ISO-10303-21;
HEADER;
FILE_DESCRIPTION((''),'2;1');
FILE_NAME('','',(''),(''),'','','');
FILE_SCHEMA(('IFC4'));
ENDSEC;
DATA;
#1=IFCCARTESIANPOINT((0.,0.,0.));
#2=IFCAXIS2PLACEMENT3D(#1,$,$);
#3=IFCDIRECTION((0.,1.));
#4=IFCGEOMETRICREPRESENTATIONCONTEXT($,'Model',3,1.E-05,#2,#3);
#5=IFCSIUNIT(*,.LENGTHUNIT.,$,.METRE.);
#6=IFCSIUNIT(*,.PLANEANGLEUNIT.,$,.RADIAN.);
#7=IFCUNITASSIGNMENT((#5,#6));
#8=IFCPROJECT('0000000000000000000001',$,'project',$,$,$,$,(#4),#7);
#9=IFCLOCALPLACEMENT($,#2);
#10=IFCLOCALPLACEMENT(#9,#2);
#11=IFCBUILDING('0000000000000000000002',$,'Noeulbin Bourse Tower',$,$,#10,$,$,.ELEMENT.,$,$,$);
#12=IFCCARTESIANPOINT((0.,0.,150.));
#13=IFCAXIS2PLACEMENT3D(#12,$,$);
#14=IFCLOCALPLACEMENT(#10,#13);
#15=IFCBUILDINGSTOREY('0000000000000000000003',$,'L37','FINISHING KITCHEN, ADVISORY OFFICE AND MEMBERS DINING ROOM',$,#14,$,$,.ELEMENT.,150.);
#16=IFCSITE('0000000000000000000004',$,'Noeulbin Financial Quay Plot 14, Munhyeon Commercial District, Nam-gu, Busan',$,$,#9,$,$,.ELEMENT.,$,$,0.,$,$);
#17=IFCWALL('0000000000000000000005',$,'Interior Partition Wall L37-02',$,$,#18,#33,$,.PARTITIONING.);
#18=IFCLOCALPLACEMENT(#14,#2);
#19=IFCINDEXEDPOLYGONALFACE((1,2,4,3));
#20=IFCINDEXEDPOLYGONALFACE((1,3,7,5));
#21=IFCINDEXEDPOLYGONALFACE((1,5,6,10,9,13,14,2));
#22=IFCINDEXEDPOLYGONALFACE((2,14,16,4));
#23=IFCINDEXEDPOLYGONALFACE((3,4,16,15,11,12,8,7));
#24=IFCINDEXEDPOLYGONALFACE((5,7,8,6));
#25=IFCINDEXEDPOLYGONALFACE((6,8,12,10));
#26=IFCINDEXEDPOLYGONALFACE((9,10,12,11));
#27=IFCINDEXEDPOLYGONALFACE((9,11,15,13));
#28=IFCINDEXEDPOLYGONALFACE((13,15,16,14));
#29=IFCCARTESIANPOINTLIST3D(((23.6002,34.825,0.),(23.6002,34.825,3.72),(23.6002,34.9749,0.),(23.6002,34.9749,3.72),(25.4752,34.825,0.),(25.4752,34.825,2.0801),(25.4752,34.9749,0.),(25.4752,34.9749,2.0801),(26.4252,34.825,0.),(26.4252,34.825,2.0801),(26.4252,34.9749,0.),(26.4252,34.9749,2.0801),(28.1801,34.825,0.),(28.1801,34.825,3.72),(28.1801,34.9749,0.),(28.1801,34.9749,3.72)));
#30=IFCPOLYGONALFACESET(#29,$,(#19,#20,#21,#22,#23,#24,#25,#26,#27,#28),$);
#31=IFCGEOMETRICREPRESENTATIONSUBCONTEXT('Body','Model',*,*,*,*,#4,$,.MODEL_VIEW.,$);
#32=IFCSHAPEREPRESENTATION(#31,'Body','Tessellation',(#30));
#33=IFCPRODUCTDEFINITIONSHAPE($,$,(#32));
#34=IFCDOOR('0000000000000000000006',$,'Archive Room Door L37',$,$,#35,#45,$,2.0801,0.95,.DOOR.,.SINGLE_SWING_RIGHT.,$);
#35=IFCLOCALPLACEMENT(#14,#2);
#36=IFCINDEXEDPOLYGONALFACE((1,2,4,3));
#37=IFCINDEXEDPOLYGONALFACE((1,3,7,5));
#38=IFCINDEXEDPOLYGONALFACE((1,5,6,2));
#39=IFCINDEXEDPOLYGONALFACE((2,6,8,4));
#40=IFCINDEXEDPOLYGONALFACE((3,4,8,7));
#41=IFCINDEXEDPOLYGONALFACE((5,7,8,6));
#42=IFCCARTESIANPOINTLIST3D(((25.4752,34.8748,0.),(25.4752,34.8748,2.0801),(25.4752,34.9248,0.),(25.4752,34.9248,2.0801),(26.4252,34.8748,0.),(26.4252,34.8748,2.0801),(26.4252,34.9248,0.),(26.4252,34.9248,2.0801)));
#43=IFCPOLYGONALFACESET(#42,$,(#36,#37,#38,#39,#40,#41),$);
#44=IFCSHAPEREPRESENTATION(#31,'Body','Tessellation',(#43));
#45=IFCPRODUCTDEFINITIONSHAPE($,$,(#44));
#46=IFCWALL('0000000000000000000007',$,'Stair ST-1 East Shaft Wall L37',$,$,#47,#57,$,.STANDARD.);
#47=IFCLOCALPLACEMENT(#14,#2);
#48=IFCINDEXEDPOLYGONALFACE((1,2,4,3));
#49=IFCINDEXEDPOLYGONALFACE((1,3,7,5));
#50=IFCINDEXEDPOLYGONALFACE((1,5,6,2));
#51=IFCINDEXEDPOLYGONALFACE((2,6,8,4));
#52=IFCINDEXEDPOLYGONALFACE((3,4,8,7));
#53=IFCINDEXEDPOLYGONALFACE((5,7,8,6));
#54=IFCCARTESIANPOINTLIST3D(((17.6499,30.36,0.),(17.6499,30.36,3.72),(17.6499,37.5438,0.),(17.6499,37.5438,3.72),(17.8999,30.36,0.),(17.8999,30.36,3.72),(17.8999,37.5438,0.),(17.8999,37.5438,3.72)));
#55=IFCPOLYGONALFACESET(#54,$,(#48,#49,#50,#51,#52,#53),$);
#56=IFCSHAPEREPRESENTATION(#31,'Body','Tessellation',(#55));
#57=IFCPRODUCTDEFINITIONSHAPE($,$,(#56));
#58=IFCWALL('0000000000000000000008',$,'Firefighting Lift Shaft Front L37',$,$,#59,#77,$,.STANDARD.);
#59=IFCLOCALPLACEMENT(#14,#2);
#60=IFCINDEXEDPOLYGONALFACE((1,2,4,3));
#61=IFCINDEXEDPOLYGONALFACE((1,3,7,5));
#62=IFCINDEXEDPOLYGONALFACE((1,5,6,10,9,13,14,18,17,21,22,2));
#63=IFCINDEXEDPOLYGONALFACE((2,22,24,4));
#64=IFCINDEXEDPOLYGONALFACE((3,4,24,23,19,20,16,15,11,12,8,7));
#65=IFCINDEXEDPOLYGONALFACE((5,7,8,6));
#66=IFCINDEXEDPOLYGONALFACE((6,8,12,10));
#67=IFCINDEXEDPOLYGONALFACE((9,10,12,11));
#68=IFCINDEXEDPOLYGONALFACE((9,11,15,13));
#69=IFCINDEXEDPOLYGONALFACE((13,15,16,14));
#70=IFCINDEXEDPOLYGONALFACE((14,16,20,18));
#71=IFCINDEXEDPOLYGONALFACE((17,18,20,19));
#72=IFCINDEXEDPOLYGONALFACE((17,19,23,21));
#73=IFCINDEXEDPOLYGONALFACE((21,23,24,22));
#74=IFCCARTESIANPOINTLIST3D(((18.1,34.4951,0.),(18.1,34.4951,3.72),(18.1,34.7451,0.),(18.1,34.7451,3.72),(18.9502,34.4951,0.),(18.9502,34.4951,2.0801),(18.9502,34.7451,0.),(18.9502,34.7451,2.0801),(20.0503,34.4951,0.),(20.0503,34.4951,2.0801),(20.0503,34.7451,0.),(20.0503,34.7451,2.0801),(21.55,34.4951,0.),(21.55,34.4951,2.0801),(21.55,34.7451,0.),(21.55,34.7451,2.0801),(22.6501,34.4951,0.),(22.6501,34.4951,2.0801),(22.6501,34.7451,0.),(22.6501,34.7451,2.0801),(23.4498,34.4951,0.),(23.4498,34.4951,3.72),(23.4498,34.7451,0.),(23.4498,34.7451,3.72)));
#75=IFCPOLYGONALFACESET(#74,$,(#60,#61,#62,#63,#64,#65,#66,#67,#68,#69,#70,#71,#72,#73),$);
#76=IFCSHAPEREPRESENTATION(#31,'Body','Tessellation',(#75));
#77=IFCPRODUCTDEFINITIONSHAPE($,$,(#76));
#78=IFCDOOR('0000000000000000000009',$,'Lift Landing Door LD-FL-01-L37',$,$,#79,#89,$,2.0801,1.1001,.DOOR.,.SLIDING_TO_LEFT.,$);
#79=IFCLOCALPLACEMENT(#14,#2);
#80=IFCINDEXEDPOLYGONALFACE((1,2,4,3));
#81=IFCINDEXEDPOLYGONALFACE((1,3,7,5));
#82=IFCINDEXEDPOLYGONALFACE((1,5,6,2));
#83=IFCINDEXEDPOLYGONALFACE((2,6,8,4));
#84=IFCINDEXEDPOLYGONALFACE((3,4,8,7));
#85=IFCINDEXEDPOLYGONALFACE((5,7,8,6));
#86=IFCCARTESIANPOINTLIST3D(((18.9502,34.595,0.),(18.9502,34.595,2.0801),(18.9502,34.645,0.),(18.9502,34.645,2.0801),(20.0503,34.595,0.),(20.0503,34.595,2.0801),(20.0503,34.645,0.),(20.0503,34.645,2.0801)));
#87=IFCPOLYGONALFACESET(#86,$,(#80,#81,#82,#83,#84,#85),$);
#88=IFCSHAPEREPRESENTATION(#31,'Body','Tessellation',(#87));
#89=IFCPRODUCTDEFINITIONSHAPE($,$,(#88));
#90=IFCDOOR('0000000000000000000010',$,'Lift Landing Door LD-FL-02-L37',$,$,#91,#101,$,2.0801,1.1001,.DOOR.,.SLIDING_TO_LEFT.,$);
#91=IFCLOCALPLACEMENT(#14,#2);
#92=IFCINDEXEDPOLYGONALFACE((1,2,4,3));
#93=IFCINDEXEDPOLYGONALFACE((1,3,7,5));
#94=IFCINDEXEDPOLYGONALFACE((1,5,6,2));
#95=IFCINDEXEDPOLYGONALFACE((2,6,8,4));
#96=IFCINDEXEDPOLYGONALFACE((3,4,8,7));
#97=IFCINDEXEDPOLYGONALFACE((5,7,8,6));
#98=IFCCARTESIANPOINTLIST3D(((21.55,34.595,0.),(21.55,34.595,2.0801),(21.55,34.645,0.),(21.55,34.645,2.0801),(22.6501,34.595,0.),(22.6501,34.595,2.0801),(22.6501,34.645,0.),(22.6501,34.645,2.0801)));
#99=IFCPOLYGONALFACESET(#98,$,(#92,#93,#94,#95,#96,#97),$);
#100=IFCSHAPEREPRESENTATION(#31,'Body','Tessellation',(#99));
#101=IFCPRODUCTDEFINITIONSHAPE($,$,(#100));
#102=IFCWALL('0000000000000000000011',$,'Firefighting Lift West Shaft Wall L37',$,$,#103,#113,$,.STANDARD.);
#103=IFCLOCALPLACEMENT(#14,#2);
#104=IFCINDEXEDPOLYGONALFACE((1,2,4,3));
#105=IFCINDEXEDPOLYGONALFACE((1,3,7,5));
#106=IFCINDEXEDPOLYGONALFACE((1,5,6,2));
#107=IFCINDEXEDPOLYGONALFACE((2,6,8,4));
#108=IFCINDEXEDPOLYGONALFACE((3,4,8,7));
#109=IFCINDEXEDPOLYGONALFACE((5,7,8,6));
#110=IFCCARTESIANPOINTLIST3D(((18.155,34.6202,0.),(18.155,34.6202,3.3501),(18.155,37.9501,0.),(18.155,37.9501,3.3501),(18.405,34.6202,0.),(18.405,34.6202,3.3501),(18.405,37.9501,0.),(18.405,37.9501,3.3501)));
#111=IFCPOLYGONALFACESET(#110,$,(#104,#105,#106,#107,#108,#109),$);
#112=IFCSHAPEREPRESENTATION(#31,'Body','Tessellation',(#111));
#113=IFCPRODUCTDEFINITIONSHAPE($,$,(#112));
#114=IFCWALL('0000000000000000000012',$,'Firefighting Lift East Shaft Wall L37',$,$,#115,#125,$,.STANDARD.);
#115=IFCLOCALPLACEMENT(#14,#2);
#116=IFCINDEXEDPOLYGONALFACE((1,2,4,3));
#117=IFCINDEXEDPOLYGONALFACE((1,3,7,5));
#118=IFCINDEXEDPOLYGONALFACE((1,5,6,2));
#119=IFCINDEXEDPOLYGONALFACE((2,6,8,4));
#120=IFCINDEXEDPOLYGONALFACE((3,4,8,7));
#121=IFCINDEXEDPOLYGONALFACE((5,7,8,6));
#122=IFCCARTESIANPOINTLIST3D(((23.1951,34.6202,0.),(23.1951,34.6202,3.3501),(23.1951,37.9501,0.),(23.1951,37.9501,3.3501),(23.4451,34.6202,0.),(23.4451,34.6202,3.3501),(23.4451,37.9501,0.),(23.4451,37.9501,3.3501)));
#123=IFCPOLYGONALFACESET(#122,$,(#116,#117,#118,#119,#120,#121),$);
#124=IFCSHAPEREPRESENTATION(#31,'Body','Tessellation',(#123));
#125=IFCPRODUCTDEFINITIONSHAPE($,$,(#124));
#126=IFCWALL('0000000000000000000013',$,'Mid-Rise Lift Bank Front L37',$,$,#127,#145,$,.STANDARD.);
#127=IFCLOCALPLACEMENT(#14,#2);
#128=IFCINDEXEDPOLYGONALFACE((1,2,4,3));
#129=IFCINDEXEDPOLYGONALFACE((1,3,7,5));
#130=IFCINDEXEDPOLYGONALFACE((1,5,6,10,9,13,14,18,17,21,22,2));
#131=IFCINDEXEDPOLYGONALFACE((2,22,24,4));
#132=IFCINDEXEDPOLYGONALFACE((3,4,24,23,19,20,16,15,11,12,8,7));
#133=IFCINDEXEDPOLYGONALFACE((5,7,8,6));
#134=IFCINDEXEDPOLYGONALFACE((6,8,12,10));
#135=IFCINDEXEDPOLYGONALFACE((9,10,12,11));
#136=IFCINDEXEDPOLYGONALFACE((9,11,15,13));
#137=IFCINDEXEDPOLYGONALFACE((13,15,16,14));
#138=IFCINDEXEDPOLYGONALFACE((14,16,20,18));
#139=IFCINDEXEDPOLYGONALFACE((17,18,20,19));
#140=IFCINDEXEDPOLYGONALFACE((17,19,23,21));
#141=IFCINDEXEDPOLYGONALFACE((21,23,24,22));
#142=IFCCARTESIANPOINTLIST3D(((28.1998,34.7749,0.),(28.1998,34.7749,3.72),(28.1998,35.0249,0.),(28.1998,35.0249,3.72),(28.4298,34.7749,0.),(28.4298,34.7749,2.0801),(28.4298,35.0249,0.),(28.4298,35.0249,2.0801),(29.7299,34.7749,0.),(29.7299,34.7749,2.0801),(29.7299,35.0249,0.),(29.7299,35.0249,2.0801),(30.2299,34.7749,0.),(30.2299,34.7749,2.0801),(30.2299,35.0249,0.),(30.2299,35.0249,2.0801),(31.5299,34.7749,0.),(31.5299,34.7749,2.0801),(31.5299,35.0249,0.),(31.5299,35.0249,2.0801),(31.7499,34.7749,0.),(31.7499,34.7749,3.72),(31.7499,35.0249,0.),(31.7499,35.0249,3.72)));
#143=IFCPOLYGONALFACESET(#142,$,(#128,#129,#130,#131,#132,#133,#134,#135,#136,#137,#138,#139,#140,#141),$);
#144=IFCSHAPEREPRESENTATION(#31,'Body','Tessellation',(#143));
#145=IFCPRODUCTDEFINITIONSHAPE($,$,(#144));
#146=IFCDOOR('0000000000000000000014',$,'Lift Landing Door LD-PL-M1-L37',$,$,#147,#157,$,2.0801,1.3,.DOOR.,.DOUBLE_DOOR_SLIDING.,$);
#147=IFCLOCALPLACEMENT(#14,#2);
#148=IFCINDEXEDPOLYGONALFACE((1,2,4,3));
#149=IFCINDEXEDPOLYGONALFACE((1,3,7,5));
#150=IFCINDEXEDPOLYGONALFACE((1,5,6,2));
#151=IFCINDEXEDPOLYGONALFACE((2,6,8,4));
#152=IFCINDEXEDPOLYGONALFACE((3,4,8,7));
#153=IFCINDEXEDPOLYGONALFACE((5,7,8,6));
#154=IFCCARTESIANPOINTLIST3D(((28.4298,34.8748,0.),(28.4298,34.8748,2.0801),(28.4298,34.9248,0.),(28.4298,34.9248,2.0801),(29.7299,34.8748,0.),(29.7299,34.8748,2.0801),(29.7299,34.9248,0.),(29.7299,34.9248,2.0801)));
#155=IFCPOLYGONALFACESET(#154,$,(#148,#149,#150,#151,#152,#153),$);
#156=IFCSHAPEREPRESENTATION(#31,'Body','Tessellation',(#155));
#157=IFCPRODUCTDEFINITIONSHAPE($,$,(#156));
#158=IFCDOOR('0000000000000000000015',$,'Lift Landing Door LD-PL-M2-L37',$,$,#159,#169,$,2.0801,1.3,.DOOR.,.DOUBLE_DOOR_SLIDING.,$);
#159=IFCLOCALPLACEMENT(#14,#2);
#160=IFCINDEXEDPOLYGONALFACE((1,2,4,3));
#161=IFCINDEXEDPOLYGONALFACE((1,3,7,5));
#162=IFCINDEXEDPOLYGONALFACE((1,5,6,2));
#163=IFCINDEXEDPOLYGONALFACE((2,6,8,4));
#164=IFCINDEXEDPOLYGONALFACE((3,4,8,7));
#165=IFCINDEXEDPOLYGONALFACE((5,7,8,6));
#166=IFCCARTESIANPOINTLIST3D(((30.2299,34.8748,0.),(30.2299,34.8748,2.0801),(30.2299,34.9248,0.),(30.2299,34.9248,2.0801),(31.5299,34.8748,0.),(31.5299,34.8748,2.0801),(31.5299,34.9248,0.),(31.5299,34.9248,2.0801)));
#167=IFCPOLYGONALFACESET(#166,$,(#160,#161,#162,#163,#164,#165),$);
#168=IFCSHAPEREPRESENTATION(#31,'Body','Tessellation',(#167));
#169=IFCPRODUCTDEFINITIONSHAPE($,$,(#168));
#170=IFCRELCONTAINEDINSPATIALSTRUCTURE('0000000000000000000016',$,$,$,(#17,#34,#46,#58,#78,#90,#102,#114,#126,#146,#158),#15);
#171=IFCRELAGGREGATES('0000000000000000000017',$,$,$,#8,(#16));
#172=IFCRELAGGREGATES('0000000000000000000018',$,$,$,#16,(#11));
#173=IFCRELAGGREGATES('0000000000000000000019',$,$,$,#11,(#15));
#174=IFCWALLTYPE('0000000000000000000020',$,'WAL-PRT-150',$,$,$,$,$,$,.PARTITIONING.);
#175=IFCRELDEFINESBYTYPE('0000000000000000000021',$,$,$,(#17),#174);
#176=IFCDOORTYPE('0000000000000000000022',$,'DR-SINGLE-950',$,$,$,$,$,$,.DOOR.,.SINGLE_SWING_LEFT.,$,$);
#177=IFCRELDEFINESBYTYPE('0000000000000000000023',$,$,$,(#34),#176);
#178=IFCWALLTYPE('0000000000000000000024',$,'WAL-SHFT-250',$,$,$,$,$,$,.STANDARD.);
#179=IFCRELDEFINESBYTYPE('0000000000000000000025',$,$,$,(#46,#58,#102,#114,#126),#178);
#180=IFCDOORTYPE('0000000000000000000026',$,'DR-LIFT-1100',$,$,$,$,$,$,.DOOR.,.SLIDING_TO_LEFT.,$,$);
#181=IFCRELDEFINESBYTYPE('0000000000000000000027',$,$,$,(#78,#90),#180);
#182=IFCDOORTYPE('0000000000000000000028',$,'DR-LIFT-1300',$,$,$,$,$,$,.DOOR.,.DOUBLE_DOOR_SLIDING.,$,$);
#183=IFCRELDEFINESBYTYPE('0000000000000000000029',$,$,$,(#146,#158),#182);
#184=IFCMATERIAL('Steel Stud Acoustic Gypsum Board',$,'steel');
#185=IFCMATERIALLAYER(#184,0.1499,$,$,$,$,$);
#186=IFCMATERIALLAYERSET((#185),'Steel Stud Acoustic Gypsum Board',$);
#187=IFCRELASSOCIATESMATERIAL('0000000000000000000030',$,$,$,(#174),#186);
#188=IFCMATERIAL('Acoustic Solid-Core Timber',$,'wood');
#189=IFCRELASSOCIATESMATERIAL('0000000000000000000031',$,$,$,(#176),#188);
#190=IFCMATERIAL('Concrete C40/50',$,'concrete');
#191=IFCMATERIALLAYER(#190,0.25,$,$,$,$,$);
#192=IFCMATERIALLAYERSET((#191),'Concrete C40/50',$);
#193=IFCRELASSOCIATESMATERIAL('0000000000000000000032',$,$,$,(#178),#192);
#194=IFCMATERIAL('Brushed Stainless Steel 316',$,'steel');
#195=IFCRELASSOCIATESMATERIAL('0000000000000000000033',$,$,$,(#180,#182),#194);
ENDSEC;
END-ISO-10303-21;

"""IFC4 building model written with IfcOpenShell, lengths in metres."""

from ifc_helpers import new_model, si_unit, direction, frame, frame_2d, origin, place, context, subcontext, project, spatial, rectangle, extrude, material, layer, layer_set, type_object, element, fill, save


model = new_model("IFC4")

# Units and contexts
model_context = context("Model", 3, precision=1e-05, world=origin(), true_north=direction((0.0, 1.0)))
body_context = subcontext(model_context, "Body", "Model", "MODEL_VIEW")
ifc_project = project(units=[si_unit("LENGTHUNIT", "METRE"), si_unit("PLANEANGLEUNIT", "RADIAN")], contexts=[model_context])

# Site, building, storey
site_placement = place(None, origin())
site = spatial("IfcSite", under=ifc_project, at=site_placement, Name="Noeulbin Financial Quay Plot 14, Munhyeon Commercial District, Nam-gu, Busan", CompositionType="ELEMENT", RefElevation=0.0)
building_placement = place(site_placement, origin())
building = spatial("IfcBuilding", under=site, at=building_placement, Name="Noeulbin Bourse Tower", CompositionType="ELEMENT")
storey_placement = place(building_placement, frame((0.0, 0.0, 150.0)))
storey = spatial("IfcBuildingStorey", under=building, at=storey_placement, Name="L37", Description="FINISHING KITCHEN, ADVISORY OFFICE AND MEMBERS DINING ROOM", CompositionType="ELEMENT", Elevation=150.0)

# Shared definitions
ifc_material_1 = material(Name="Concrete C40/50", Category="concrete")

# Wall, opening, door
ifc_material_2 = material(Name="Steel Stud Acoustic Gypsum Board", Category="steel")
ifc_layer_1 = layer(ifc_material_2, 0.1499)
ifc_layer_set_1 = layer_set([ifc_layer_1], Name="Steel Stud Acoustic Gypsum Board")
wall_type_1 = type_object("IfcWallType", Name="WAL-PRT-150", PredefinedType="PARTITIONING", material=ifc_layer_set_1)
wall_1_placement = place(storey_placement, frame((23.6001, 34.8999, 0.0), z_axis=(0.0, 0.0, 1.0), x_axis=(1.0, 0.0, 0.0)))
wall_1 = element("IfcWall", 1, at=wall_1_placement, inside=storey, type_object=wall_type_1, Name="Interior Partition Wall L37-02", PredefinedType="PARTITIONING", context=body_context, shape_type="SweptSolid", body=[
    extrude(rectangle(XDim=4.5798, YDim=0.1499, at=frame_2d((2.29, 0.0))), origin(), (0.0, 0.0, 1.0), 3.72),
])
opening_1_placement = place(wall_1_placement, frame((1.875, 0.0, 0.0)))
opening_1 = element("IfcOpeningElement", 2, at=opening_1_placement, cuts=wall_1, PredefinedType="OPENING", context=body_context, shape_type="SweptSolid", body=[
    extrude(rectangle(XDim=0.95, YDim=2.0801, at=frame_2d((0.4751, 1.04))), frame((0.0, 0.085, 0.0), z_axis=(0.0, -1.0, 0.0), x_axis=(1.0, 0.0, 0.0)), (0.0, 0.0, 1.0), 0.1699),
])
ifc_material_3 = material(Name="Acoustic Solid-Core Timber", Category="wood")
door_type_1 = type_object("IfcDoorType", Name="DR-SINGLE-950", OperationType="SINGLE_SWING_LEFT", PredefinedType="DOOR", material=ifc_material_3)
door_1_placement = place(opening_1_placement, origin())
door_1 = element("IfcDoor", 3, at=door_1_placement, inside=storey, type_object=door_type_1, Name="Archive Room Door L37", OperationType="SINGLE_SWING_RIGHT", OverallHeight=2.0801, OverallWidth=0.95, PredefinedType="DOOR", context=body_context, shape_type="SweptSolid", body=[
    extrude(rectangle(XDim=0.95, YDim=2.0801, at=frame_2d((0.4751, 1.04))), frame((0.0, 0.0249, 0.0), z_axis=(0.0, -1.0, 0.0), x_axis=(1.0, 0.0, 0.0)), (0.0, 0.0, 1.0), 0.05),
])
fill(opening_1, door_1)

# Wall
ifc_layer_2 = layer(ifc_material_1, 0.25)
ifc_layer_set_2 = layer_set([ifc_layer_2], Name="Concrete C40/50")
wall_type_2 = type_object("IfcWallType", Name="WAL-SHFT-250", PredefinedType="STANDARD", material=ifc_layer_set_2)
wall_2_placement = place(storey_placement, frame((17.7749, 30.3601, 0.0), z_axis=(0.0, 0.0, 1.0), x_axis=(0.0, 1.0, 0.0)))
element("IfcWall", 4, at=wall_2_placement, inside=storey, type_object=wall_type_2, Name="Stair ST-1 East Shaft Wall L37", PredefinedType="STANDARD", context=body_context, shape_type="SweptSolid", body=[
    extrude(rectangle(XDim=7.1838, YDim=0.25, at=frame_2d((3.5918, 0.0))), origin(), (0.0, 0.0, 1.0), 3.72),
])

# Wall, openings, doors
wall_3_placement = place(storey_placement, frame((18.1001, 34.6201, 0.0), z_axis=(0.0, 0.0, 1.0), x_axis=(1.0, 0.0, 0.0)))
wall_3 = element("IfcWall", 5, at=wall_3_placement, inside=storey, type_object=wall_type_2, Name="Firefighting Lift Shaft Front L37", PredefinedType="STANDARD", context=body_context, shape_type="SweptSolid", body=[
    extrude(rectangle(XDim=5.3499, YDim=0.25, at=frame_2d((2.6748, 0.0))), origin(), (0.0, 0.0, 1.0), 3.72),
])
opening_2_placement = place(wall_3_placement, frame((0.8501, 0.0, 0.0)))
opening_2 = element("IfcOpeningElement", 6, at=opening_2_placement, cuts=wall_3, PredefinedType="OPENING", context=body_context, shape_type="SweptSolid", body=[
    extrude(rectangle(XDim=1.1001, YDim=2.0801, at=frame_2d((0.55, 1.04))), frame((0.0, 0.135, 0.0), z_axis=(0.0, -1.0, 0.0), x_axis=(1.0, 0.0, 0.0)), (0.0, 0.0, 1.0), 0.27),
])
opening_3_placement = place(wall_3_placement, frame((3.45, 0.0, 0.0)))
opening_3 = element("IfcOpeningElement", 7, at=opening_3_placement, cuts=wall_3, PredefinedType="OPENING", context=body_context, shape_type="SweptSolid", body=[
    extrude(rectangle(XDim=1.1001, YDim=2.0801, at=frame_2d((0.55, 1.04))), frame((0.0, 0.135, 0.0), z_axis=(0.0, -1.0, 0.0), x_axis=(1.0, 0.0, 0.0)), (0.0, 0.0, 1.0), 0.27),
])
ifc_material_4 = material(Name="Brushed Stainless Steel 316", Category="steel")
door_type_2 = type_object("IfcDoorType", Name="DR-LIFT-1100", OperationType="SLIDING_TO_LEFT", PredefinedType="DOOR", material=ifc_material_4)
door_2_placement = place(opening_2_placement, origin())
door_2 = element("IfcDoor", 8, at=door_2_placement, inside=storey, type_object=door_type_2, Name="Lift Landing Door LD-FL-01-L37", OperationType="SLIDING_TO_LEFT", OverallHeight=2.0801, OverallWidth=1.1001, PredefinedType="DOOR", context=body_context, shape_type="SweptSolid", body=[
    extrude(rectangle(XDim=1.1001, YDim=2.0801, at=frame_2d((0.55, 1.04))), frame((0.0, 0.0249, 0.0), z_axis=(0.0, -1.0, 0.0), x_axis=(1.0, 0.0, 0.0)), (0.0, 0.0, 1.0), 0.05),
])
fill(opening_2, door_2)
door_3_placement = place(opening_3_placement, origin())
door_3 = element("IfcDoor", 9, at=door_3_placement, inside=storey, type_object=door_type_2, Name="Lift Landing Door LD-FL-02-L37", OperationType="SLIDING_TO_LEFT", OverallHeight=2.0801, OverallWidth=1.1001, PredefinedType="DOOR", context=body_context, shape_type="SweptSolid", body=[
    extrude(rectangle(XDim=1.1001, YDim=2.0801, at=frame_2d((0.55, 1.04))), frame((0.0, 0.0249, 0.0), z_axis=(0.0, -1.0, 0.0), x_axis=(1.0, 0.0, 0.0)), (0.0, 0.0, 1.0), 0.05),
])
fill(opening_3, door_3)

# Walls
for number, where, z_axis, x_axis, name in (
    (10, (18.28, 34.6201, 0.0), (0.0, 0.0, 1.0), (0.0, 1.0, 0.0), "Firefighting Lift West Shaft Wall L37"),
    (11, (23.3201, 34.6201, 0.0), (0.0, 0.0, 1.0), (0.0, 1.0, 0.0), "Firefighting Lift East Shaft Wall L37"),
):
    element("IfcWall", number, at=place(storey_placement, frame(where, z_axis=z_axis, x_axis=x_axis)), inside=storey, type_object=wall_type_2, Name=name, PredefinedType="STANDARD", context=body_context, shape_type="SweptSolid", body=[
        extrude(rectangle(XDim=3.3298, YDim=0.25, at=frame_2d((1.665, 0.0))), origin(), (0.0, 0.0, 1.0), 3.3501),
    ])

# Wall, openings, doors
wall_4_placement = place(storey_placement, frame((28.2, 34.8999, 0.0), z_axis=(0.0, 0.0, 1.0), x_axis=(1.0, 0.0, 0.0)))
wall_4 = element("IfcWall", 12, at=wall_4_placement, inside=storey, type_object=wall_type_2, Name="Mid-Rise Lift Bank Front L37", PredefinedType="STANDARD", context=body_context, shape_type="SweptSolid", body=[
    extrude(rectangle(XDim=3.55, YDim=0.25, at=frame_2d((1.7749, 0.0))), origin(), (0.0, 0.0, 1.0), 3.72),
])
opening_4_placement = place(wall_4_placement, frame((0.23, 0.0, 0.0)))
opening_4 = element("IfcOpeningElement", 13, at=opening_4_placement, cuts=wall_4, PredefinedType="OPENING", context=body_context, shape_type="SweptSolid", body=[
    extrude(rectangle(XDim=1.3, YDim=2.0801, at=frame_2d((0.6499, 1.04))), frame((0.0, 0.135, 0.0), z_axis=(0.0, -1.0, 0.0), x_axis=(1.0, 0.0, 0.0)), (0.0, 0.0, 1.0), 0.27),
])
opening_5_placement = place(wall_4_placement, frame((2.03, 0.0, 0.0)))
opening_5 = element("IfcOpeningElement", 14, at=opening_5_placement, cuts=wall_4, PredefinedType="OPENING", context=body_context, shape_type="SweptSolid", body=[
    extrude(rectangle(XDim=1.3, YDim=2.0801, at=frame_2d((0.6499, 1.04))), frame((0.0, 0.135, 0.0), z_axis=(0.0, -1.0, 0.0), x_axis=(1.0, 0.0, 0.0)), (0.0, 0.0, 1.0), 0.27),
])
door_type_3 = type_object("IfcDoorType", Name="DR-LIFT-1300", OperationType="DOUBLE_DOOR_SLIDING", PredefinedType="DOOR", material=ifc_material_4)
door_4_placement = place(opening_4_placement, origin())
door_4 = element("IfcDoor", 15, at=door_4_placement, inside=storey, type_object=door_type_3, Name="Lift Landing Door LD-PL-M1-L37", OperationType="DOUBLE_DOOR_SLIDING", OverallHeight=2.0801, OverallWidth=1.3, PredefinedType="DOOR", context=body_context, shape_type="SweptSolid", body=[
    extrude(rectangle(XDim=1.3, YDim=2.0801, at=frame_2d((0.6499, 1.04))), frame((0.0, 0.0249, 0.0), z_axis=(0.0, -1.0, 0.0), x_axis=(1.0, 0.0, 0.0)), (0.0, 0.0, 1.0), 0.05),
])
fill(opening_4, door_4)
door_5_placement = place(opening_5_placement, origin())
door_5 = element("IfcDoor", 16, at=door_5_placement, inside=storey, type_object=door_type_3, Name="Lift Landing Door LD-PL-M2-L37", OperationType="DOUBLE_DOOR_SLIDING", OverallHeight=2.0801, OverallWidth=1.3, PredefinedType="DOOR", context=body_context, shape_type="SweptSolid", body=[
    extrude(rectangle(XDim=1.3, YDim=2.0801, at=frame_2d((0.6499, 1.04))), frame((0.0, 0.0249, 0.0), z_axis=(0.0, -1.0, 0.0), x_axis=(1.0, 0.0, 0.0)), (0.0, 0.0, 1.0), 0.05),
])
fill(opening_5, door_5)

save(model, "model.ifc")
